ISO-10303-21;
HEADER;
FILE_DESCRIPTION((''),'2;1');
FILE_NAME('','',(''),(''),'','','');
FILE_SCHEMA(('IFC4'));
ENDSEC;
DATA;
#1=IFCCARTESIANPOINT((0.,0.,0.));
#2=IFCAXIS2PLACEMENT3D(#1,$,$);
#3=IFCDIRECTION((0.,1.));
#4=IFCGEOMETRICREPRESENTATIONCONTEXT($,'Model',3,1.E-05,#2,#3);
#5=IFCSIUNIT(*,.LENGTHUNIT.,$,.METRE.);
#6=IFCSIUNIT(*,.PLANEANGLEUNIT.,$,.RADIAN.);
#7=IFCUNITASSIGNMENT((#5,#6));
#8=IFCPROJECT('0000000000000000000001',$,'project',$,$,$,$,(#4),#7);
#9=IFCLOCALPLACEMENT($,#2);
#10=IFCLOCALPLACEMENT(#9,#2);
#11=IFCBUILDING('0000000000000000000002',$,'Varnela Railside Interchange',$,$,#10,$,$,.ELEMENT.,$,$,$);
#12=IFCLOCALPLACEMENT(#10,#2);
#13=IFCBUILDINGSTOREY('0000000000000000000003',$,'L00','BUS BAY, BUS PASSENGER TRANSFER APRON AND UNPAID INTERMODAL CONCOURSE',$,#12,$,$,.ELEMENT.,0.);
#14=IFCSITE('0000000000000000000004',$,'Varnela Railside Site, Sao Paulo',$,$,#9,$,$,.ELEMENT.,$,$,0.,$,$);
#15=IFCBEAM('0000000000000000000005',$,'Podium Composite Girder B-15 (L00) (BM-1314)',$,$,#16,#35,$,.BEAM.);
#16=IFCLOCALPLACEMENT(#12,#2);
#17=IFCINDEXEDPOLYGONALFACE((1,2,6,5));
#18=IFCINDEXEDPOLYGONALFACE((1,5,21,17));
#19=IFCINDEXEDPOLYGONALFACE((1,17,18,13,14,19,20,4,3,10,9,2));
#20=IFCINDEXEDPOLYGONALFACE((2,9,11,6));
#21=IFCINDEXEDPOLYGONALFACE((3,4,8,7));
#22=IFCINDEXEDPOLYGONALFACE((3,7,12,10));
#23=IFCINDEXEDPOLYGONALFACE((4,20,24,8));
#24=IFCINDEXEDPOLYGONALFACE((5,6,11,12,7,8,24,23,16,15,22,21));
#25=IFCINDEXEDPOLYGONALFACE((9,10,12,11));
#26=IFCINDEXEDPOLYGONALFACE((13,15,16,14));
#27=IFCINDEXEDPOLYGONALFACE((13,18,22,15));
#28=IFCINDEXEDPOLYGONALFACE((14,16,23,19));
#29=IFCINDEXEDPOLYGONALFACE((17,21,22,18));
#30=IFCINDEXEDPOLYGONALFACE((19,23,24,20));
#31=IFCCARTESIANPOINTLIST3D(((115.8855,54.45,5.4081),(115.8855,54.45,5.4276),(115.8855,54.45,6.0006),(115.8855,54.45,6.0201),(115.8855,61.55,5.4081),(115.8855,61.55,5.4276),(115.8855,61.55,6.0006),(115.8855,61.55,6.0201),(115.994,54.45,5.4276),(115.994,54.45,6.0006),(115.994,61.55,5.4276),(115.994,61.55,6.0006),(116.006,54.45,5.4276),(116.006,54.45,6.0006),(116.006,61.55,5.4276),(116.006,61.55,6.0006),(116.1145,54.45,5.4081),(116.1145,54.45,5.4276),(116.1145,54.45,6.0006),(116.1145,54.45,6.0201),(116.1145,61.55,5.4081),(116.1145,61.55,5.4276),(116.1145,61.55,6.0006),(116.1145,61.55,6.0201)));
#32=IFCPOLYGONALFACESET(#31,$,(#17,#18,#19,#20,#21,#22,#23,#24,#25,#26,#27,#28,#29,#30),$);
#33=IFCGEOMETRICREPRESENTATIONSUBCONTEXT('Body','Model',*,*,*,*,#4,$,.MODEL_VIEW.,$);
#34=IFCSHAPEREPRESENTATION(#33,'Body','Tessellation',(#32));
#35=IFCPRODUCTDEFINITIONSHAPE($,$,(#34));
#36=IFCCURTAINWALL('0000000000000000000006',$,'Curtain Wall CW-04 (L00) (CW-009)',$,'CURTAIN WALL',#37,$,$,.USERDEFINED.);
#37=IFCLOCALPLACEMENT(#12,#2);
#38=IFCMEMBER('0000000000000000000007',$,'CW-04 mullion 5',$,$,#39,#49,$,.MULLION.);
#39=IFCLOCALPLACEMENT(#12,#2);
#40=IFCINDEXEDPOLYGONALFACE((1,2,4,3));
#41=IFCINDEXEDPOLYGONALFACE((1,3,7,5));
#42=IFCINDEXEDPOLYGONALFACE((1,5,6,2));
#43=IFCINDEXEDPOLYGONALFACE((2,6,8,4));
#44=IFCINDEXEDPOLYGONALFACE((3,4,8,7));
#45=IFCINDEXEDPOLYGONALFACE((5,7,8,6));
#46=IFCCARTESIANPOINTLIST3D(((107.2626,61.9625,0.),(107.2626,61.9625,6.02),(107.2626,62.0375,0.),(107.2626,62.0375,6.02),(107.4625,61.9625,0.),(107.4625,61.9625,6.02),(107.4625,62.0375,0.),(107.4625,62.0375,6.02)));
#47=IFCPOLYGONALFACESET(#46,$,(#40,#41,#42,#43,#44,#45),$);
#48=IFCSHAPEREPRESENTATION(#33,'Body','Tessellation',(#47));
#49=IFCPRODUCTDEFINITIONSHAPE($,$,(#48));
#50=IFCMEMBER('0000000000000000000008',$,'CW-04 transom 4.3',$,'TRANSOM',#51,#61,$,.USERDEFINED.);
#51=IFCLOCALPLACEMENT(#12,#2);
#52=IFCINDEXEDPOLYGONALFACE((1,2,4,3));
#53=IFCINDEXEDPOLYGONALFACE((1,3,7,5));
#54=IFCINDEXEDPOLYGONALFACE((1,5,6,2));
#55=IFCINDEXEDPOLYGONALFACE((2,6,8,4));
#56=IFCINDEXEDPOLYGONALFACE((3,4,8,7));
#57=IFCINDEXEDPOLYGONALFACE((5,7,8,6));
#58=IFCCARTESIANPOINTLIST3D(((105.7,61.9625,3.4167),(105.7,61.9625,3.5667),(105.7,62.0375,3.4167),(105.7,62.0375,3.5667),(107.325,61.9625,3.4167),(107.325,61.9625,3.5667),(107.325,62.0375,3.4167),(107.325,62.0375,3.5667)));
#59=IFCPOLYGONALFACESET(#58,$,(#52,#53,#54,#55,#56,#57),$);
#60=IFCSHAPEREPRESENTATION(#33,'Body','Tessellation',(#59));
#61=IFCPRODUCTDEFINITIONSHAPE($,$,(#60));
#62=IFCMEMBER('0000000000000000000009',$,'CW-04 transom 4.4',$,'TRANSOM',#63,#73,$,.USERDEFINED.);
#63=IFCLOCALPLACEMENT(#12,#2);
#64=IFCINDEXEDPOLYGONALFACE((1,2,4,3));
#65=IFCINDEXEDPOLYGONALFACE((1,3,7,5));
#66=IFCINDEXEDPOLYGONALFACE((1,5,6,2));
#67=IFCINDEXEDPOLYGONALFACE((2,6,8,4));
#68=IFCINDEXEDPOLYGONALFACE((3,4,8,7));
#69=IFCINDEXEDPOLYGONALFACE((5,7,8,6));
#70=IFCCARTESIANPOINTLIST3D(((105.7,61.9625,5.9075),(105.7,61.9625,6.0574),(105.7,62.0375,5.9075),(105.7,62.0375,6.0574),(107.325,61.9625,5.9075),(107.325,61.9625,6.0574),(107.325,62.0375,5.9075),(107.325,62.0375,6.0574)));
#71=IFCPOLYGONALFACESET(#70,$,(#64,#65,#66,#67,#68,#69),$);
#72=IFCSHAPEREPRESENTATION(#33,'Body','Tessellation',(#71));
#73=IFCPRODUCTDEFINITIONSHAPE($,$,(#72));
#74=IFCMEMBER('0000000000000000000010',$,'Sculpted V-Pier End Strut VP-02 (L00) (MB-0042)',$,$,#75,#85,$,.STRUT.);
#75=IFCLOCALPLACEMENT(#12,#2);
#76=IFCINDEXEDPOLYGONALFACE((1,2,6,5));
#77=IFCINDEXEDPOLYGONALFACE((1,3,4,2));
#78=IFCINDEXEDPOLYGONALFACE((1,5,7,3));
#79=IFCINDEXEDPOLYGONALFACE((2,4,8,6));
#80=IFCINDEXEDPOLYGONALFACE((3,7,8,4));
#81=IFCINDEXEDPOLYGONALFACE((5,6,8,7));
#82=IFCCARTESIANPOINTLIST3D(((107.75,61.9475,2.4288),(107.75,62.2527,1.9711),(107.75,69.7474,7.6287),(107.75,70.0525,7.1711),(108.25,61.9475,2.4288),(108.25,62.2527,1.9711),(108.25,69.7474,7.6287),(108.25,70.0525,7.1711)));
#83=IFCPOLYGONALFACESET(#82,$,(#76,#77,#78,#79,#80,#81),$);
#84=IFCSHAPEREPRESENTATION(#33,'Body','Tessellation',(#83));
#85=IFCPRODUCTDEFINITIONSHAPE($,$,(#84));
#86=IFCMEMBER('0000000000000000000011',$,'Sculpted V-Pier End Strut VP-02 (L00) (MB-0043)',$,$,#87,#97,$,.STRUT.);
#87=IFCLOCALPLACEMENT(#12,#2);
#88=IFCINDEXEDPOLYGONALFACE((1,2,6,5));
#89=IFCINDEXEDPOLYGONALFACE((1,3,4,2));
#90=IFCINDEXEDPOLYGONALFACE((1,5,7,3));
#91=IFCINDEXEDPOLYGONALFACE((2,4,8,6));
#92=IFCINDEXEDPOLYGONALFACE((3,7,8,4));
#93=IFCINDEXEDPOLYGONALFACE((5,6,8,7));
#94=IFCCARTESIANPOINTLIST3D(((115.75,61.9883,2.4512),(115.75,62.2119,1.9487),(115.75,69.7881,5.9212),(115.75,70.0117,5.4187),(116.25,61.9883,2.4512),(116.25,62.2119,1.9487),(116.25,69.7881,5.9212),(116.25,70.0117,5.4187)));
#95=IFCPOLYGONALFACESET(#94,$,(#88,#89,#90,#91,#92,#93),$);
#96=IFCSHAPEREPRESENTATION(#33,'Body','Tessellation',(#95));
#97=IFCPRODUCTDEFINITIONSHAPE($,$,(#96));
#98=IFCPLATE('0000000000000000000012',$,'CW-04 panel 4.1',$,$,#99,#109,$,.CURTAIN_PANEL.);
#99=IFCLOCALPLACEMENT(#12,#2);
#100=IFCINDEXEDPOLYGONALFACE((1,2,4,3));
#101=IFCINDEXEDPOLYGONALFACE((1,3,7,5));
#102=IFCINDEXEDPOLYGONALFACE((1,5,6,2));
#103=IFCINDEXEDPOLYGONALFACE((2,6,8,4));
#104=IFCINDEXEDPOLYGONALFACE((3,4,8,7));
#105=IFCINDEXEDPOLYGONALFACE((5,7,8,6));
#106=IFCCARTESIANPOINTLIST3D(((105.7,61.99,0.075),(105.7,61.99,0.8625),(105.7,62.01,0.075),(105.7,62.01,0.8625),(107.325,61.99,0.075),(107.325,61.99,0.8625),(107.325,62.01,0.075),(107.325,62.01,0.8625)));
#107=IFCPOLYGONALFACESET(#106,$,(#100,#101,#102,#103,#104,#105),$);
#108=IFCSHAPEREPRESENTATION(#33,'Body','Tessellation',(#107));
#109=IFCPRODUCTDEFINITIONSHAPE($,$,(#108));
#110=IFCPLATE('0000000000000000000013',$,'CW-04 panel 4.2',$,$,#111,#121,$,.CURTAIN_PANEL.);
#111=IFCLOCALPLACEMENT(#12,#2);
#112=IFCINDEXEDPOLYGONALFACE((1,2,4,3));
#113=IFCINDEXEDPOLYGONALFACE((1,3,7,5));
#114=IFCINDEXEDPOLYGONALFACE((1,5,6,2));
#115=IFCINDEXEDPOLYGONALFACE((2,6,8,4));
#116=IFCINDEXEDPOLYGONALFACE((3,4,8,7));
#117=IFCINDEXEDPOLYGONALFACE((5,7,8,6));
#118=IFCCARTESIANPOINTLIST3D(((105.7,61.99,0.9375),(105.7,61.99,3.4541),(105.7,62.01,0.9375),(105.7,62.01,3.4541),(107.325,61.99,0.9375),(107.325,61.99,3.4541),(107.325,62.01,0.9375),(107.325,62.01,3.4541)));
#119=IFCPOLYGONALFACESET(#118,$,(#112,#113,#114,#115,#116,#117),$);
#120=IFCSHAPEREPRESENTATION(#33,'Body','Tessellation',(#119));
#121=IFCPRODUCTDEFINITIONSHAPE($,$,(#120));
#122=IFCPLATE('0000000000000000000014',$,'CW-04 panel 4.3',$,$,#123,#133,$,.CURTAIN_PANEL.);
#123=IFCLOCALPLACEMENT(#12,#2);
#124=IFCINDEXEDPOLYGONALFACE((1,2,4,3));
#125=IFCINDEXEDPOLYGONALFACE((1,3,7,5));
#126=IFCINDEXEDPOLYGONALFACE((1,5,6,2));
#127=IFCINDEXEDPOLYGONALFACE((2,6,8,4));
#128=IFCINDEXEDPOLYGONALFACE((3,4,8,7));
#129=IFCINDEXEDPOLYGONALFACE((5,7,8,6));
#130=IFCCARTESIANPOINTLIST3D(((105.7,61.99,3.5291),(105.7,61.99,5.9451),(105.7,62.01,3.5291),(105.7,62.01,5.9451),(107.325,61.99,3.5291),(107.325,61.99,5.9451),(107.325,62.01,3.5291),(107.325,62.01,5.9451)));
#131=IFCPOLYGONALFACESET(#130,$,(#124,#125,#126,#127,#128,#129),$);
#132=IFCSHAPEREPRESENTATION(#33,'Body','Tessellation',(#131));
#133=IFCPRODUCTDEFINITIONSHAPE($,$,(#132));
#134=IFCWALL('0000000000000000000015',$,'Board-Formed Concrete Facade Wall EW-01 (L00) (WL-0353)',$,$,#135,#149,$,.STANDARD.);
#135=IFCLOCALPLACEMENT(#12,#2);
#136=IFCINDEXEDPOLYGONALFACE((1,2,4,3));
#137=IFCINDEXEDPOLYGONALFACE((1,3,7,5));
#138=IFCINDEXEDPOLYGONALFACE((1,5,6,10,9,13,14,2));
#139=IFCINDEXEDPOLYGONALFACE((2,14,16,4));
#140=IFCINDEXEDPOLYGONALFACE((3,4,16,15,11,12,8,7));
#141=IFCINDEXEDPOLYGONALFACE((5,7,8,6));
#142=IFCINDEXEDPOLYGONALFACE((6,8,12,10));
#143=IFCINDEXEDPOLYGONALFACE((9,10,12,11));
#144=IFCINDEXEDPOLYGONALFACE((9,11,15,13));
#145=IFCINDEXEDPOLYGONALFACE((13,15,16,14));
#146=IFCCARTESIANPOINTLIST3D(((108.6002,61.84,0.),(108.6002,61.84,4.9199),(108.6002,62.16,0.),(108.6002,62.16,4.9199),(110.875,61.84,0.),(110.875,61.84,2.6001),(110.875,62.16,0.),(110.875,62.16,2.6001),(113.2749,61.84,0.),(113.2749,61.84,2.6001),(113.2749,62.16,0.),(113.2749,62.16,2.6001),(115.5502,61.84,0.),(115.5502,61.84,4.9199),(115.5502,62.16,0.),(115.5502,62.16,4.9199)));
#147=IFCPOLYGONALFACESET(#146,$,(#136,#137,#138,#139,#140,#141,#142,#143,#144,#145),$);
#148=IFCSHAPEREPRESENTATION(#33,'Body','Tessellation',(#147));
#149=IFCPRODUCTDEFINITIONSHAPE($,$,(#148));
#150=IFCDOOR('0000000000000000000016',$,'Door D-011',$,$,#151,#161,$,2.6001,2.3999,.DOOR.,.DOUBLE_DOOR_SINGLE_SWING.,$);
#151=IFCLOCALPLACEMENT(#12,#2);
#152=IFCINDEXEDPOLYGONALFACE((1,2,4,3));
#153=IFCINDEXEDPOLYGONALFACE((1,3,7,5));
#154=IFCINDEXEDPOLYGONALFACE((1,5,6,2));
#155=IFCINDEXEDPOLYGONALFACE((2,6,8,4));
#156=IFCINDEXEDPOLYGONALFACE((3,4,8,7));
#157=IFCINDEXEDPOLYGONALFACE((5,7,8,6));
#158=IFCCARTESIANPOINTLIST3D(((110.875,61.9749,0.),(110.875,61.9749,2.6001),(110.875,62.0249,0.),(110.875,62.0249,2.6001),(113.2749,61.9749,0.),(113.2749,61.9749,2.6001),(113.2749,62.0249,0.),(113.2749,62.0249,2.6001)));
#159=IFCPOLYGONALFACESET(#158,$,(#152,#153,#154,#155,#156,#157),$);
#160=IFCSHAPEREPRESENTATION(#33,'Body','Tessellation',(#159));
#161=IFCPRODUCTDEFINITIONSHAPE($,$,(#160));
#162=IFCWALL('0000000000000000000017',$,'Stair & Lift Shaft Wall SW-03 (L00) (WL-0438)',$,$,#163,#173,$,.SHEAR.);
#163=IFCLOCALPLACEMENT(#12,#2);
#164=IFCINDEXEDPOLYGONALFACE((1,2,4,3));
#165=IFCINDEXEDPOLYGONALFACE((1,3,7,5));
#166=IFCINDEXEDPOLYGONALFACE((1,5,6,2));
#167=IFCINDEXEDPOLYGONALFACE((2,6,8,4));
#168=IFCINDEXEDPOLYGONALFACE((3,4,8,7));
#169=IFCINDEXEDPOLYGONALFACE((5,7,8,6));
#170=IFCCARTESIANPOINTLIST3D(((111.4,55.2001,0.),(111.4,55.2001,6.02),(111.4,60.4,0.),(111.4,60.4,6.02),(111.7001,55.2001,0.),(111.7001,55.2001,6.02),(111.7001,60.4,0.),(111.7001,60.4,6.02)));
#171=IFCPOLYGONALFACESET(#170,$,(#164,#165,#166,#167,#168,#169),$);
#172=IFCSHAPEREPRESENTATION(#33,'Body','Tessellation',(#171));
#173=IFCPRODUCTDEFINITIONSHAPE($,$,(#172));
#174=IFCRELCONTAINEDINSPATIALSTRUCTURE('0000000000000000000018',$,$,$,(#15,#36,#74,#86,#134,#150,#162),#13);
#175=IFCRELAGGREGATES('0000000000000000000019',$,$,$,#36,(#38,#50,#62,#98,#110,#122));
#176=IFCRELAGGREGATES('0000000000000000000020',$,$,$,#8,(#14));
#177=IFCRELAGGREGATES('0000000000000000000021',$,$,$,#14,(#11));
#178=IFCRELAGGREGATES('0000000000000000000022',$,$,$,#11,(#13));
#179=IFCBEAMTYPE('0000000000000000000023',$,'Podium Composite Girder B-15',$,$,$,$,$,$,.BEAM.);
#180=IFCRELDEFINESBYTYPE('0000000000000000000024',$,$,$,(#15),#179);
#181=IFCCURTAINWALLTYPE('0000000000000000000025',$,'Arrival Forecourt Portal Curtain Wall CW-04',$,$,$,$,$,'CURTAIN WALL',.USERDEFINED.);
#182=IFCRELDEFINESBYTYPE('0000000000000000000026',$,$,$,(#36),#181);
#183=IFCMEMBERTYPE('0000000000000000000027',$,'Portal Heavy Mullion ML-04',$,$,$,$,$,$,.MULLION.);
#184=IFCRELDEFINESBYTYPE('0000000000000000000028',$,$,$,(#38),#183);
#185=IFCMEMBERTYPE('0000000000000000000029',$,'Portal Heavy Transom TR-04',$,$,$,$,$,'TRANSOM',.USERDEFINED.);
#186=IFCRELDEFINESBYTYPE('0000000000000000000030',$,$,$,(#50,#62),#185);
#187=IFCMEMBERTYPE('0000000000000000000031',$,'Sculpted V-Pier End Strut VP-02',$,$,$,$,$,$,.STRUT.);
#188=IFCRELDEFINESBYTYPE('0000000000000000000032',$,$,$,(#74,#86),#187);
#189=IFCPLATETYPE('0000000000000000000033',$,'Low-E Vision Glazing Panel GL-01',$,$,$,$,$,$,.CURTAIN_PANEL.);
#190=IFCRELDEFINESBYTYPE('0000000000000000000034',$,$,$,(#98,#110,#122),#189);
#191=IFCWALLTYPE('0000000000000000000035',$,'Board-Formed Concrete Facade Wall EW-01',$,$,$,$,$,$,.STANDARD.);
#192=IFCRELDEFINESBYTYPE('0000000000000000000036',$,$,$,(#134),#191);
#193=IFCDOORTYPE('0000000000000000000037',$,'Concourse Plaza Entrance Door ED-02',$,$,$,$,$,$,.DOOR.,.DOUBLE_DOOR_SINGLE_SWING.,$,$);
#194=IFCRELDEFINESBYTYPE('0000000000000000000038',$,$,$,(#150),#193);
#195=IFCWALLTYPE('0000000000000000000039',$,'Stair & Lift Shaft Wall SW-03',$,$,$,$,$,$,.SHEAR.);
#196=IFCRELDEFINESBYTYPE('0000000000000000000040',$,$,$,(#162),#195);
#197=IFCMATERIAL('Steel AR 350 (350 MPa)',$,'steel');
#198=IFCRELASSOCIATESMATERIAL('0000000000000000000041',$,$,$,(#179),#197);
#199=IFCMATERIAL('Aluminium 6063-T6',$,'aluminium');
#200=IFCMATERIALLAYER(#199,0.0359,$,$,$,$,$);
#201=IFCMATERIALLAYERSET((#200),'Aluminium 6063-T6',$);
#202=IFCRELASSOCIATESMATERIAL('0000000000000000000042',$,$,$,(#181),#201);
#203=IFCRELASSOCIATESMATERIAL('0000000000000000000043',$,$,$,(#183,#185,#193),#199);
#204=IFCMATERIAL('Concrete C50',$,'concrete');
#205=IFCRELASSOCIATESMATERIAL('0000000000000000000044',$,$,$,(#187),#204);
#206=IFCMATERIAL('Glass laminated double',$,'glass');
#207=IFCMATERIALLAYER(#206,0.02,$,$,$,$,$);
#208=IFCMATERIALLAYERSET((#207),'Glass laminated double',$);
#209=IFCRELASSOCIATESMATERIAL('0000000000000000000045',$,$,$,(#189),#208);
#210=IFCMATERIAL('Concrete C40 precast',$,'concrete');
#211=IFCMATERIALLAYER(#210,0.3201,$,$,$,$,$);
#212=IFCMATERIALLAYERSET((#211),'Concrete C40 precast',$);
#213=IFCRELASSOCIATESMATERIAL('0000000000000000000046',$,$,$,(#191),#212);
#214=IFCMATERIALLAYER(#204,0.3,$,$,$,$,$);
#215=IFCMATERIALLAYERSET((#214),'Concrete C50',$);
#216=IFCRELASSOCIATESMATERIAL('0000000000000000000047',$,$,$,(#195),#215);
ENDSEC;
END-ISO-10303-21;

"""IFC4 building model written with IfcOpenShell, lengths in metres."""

from ifc_helpers import new_model, si_unit, direction, frame, frame_2d, origin, origin_2d, place, context, subcontext, project, spatial, rectangle, i_section, extrude, material, layer, layer_set, material_profile, profile_set, type_object, element, fill, aggregate, save


model = new_model("IFC4")

# Units and contexts
model_context = context("Model", 3, precision=1e-05, world=origin(), true_north=direction((0.0, 1.0)))
body_context = subcontext(model_context, "Body", "Model", "MODEL_VIEW")
ifc_project = project(units=[si_unit("LENGTHUNIT", "METRE"), si_unit("PLANEANGLEUNIT", "RADIAN")], contexts=[model_context])

# Site, building, storey
site_placement = place(None, origin())
site = spatial("IfcSite", under=ifc_project, at=site_placement, Name="Varnela Railside Site, Sao Paulo", CompositionType="ELEMENT", RefElevation=0.0)
building_placement = place(site_placement, origin())
building = spatial("IfcBuilding", under=site, at=building_placement, Name="Varnela Railside Interchange", CompositionType="ELEMENT")
storey_placement = place(building_placement, origin())
storey = spatial("IfcBuildingStorey", under=building, at=storey_placement, Name="L00", Description="BUS BAY, BUS PASSENGER TRANSFER APRON AND UNPAID INTERMODAL CONCOURSE", CompositionType="ELEMENT", Elevation=0.0)

# Shared definitions
ifc_material_1 = material(Name="Concrete C50", Category="concrete")

# Beam
ifc_material_2 = material(Name="Steel AR 350 (350 MPa)", Category="steel")
ifc_material_profile_1 = material_profile(ifc_material_2, i_section(OverallWidth=0.229, OverallDepth=0.6121, WebThickness=0.012, FlangeThickness=0.0195, at=origin_2d()), Name="W610x125")
ifc_profile_set_1 = profile_set([ifc_material_profile_1], Name="Steel AR 350 (350 MPa)")
beam_type_1 = type_object("IfcBeamType", Name="Podium Composite Girder B-15", PredefinedType="BEAM", material=ifc_profile_set_1)
beam_1_placement = place(storey_placement, frame((116.0, 54.45, 5.7141), z_axis=(0.0, 1.0, 0.0), x_axis=(-1.0, 0.0, 0.0)))
element("IfcBeam", 1, at=beam_1_placement, inside=storey, type_object=beam_type_1, Name="Podium Composite Girder B-15 (L00) (BM-1314)", PredefinedType="BEAM", context=body_context, shape_type="SweptSolid", body=[
    extrude(i_section(OverallWidth=0.229, OverallDepth=0.6121, WebThickness=0.012, FlangeThickness=0.0195, at=origin_2d()), origin(), (0.0, 0.0, 1.0), 7.1001),
])

# Curtain wall, members
ifc_material_3 = material(Name="Aluminium 6063-T6", Category="aluminium")
ifc_layer_1 = layer(ifc_material_3, 0.0359)
ifc_layer_set_1 = layer_set([ifc_layer_1], Name="Aluminium 6063-T6")
curtain_wall_type = type_object("IfcCurtainWallType", Name="Arrival Forecourt Portal Curtain Wall CW-04", ElementType="CURTAIN WALL", PredefinedType="USERDEFINED", material=ifc_layer_set_1)
curtain_wall_placement = place(storey_placement, origin())
curtain_wall = element("IfcCurtainWall", 2, at=curtain_wall_placement, inside=storey, type_object=curtain_wall_type, Name="Curtain Wall CW-04 (L00) (CW-009)", ObjectType="CURTAIN WALL", PredefinedType="USERDEFINED")
ifc_material_profile_2 = material_profile(ifc_material_3, rectangle(XDim=0.075, YDim=0.2, at=origin_2d()), Name="ALU 75x200")
ifc_profile_set_2 = profile_set([ifc_material_profile_2], Name="Aluminium 6063-T6")
member_type_1 = type_object("IfcMemberType", Name="Portal Heavy Mullion ML-04", PredefinedType="MULLION", material=ifc_profile_set_2)
member_1_placement = place(storey_placement, frame((107.3625, 62.0, 0.0), z_axis=(0.0, 0.0, 1.0), x_axis=(0.0, 1.0, 0.0)))
member_1 = element("IfcMember", 3, at=member_1_placement, type_object=member_type_1, Name="CW-04 mullion 5", PredefinedType="MULLION", context=body_context, shape_type="SweptSolid", body=[
    extrude(rectangle(XDim=0.075, YDim=0.2, at=origin_2d()), origin(), (0.0, 0.0, 1.0), 6.02),
])
ifc_material_profile_3 = material_profile(ifc_material_3, rectangle(XDim=0.075, YDim=0.1499, at=origin_2d()), Name="ALU 75x150")
ifc_profile_set_3 = profile_set([ifc_material_profile_3], Name="Aluminium 6063-T6")
member_type_2 = type_object("IfcMemberType", Name="Portal Heavy Transom TR-04", ElementType="TRANSOM", PredefinedType="USERDEFINED", material=ifc_profile_set_3)
member_2_placement = place(storey_placement, frame((105.7, 62.0, 3.4917), z_axis=(1.0, 0.0, 0.0), x_axis=(0.0, 1.0, 0.0)))
member_2 = element("IfcMember", 4, at=member_2_placement, type_object=member_type_2, Name="CW-04 transom 4.3", ObjectType="TRANSOM", PredefinedType="USERDEFINED", context=body_context, shape_type="SweptSolid", body=[
    extrude(rectangle(XDim=0.075, YDim=0.1499, at=origin_2d()), origin(), (0.0, 0.0, 1.0), 1.625),
])
member_3_placement = place(storey_placement, frame((105.7, 62.0, 5.9824), z_axis=(1.0, 0.0, 0.0), x_axis=(0.0, 1.0, 0.0)))
member_3 = element("IfcMember", 5, at=member_3_placement, type_object=member_type_2, Name="CW-04 transom 4.4", ObjectType="TRANSOM", PredefinedType="USERDEFINED", context=body_context, shape_type="SweptSolid", body=[
    extrude(rectangle(XDim=0.075, YDim=0.1499, at=origin_2d()), origin(), (0.0, 0.0, 1.0), 1.625),
])

# Members
ifc_material_profile_4 = material_profile(ifc_material_1, rectangle(XDim=0.5, YDim=0.55, at=origin_2d()), Name="RC 500x550")
ifc_profile_set_4 = profile_set([ifc_material_profile_4], Name="Concrete C50")
member_type_3 = type_object("IfcMemberType", Name="Sculpted V-Pier End Strut VP-02", PredefinedType="STRUT", material=ifc_profile_set_4)
member_4_placement = place(storey_placement, frame((108.0, 62.1001, 2.2), z_axis=(0.0, 0.832046, 0.554706), x_axis=(-1.0, 0.0, 0.0)))
element("IfcMember", 6, at=member_4_placement, inside=storey, type_object=member_type_3, Name="Sculpted V-Pier End Strut VP-02 (L00) (MB-0042)", PredefinedType="STRUT", context=body_context, shape_type="SweptSolid", body=[
    extrude(rectangle(XDim=0.5, YDim=0.55, at=origin_2d()), origin(), (0.0, 0.0, 1.0), 9.3743),
])
member_5_placement = place(storey_placement, frame((116.0, 62.1001, 2.2), z_axis=(0.0, 0.913664, 0.40647), x_axis=(-1.0, 0.0, 0.0)))
element("IfcMember", 7, at=member_5_placement, inside=storey, type_object=member_type_3, Name="Sculpted V-Pier End Strut VP-02 (L00) (MB-0043)", PredefinedType="STRUT", context=body_context, shape_type="SweptSolid", body=[
    extrude(rectangle(XDim=0.5, YDim=0.55, at=origin_2d()), origin(), (0.0, 0.0, 1.0), 8.5369),
])

# Plates
ifc_material_4 = material(Name="Glass laminated double", Category="glass")
ifc_layer_2 = layer(ifc_material_4, 0.02)
ifc_layer_set_2 = layer_set([ifc_layer_2], Name="Glass laminated double")
plate_type = type_object("IfcPlateType", Name="Low-E Vision Glazing Panel GL-01", PredefinedType="CURTAIN_PANEL", material=ifc_layer_set_2)
plate_1_placement = place(storey_placement, frame((106.5125, 62.0, 0.075), z_axis=(0.0, 0.0, 1.0), x_axis=(1.0, 0.0, 0.0)))
plate_1 = element("IfcPlate", 8, at=plate_1_placement, type_object=plate_type, Name="CW-04 panel 4.1", PredefinedType="CURTAIN_PANEL", context=body_context, shape_type="SweptSolid", body=[
    extrude(rectangle(XDim=1.625, YDim=0.02, at=origin_2d()), origin(), (0.0, 0.0, 1.0), 0.7876),
])
plate_2_placement = place(storey_placement, frame((106.5125, 62.0, 0.9375), z_axis=(0.0, 0.0, 1.0), x_axis=(1.0, 0.0, 0.0)))
plate_2 = element("IfcPlate", 9, at=plate_2_placement, type_object=plate_type, Name="CW-04 panel 4.2", PredefinedType="CURTAIN_PANEL", context=body_context, shape_type="SweptSolid", body=[
    extrude(rectangle(XDim=1.625, YDim=0.02, at=origin_2d()), origin(), (0.0, 0.0, 1.0), 2.5166),
])
plate_3_placement = place(storey_placement, frame((106.5125, 62.0, 3.5291), z_axis=(0.0, 0.0, 1.0), x_axis=(1.0, 0.0, 0.0)))
plate_3 = element("IfcPlate", 10, at=plate_3_placement, type_object=plate_type, Name="CW-04 panel 4.3", PredefinedType="CURTAIN_PANEL", context=body_context, shape_type="SweptSolid", body=[
    extrude(rectangle(XDim=1.625, YDim=0.02, at=origin_2d()), origin(), (0.0, 0.0, 1.0), 2.416),
])
aggregate(curtain_wall, [member_1, member_2, member_3, plate_1, plate_2, plate_3])

# Wall, opening, door
ifc_material_5 = material(Name="Concrete C40 precast", Category="concrete")
ifc_layer_3 = layer(ifc_material_5, 0.3201)
ifc_layer_set_3 = layer_set([ifc_layer_3], Name="Concrete C40 precast")
wall_type_1 = type_object("IfcWallType", Name="Board-Formed Concrete Facade Wall EW-01", PredefinedType="STANDARD", material=ifc_layer_set_3)
wall_1_placement = place(storey_placement, frame((108.6001, 62.0, 0.0), z_axis=(0.0, 0.0, 1.0), x_axis=(1.0, 0.0, 0.0)))
wall_1 = element("IfcWall", 11, at=wall_1_placement, inside=storey, type_object=wall_type_1, Name="Board-Formed Concrete Facade Wall EW-01 (L00) (WL-0353)", PredefinedType="STANDARD", context=body_context, shape_type="SweptSolid", body=[
    extrude(rectangle(XDim=6.95, YDim=0.3201, at=frame_2d((3.4751, 0.0))), origin(), (0.0, 0.0, 1.0), 4.9199),
])
opening_placement = place(wall_1_placement, frame((2.2749, 0.0, 0.0)))
opening = element("IfcOpeningElement", 12, at=opening_placement, cuts=wall_1, PredefinedType="OPENING", context=body_context, shape_type="SweptSolid", body=[
    extrude(rectangle(XDim=2.3999, YDim=2.6001, at=frame_2d((1.2, 1.3))), frame((0.0, 0.1699, 0.0), z_axis=(0.0, -1.0, 0.0), x_axis=(1.0, 0.0, 0.0)), (0.0, 0.0, 1.0), 0.3401),
])
door_type = type_object("IfcDoorType", Name="Concourse Plaza Entrance Door ED-02", OperationType="DOUBLE_DOOR_SINGLE_SWING", PredefinedType="DOOR", material=ifc_material_3)
door_placement = place(opening_placement, origin())
door = element("IfcDoor", 13, at=door_placement, inside=storey, type_object=door_type, Name="Door D-011", OperationType="DOUBLE_DOOR_SINGLE_SWING", OverallHeight=2.6001, OverallWidth=2.3999, PredefinedType="DOOR", context=body_context, shape_type="SweptSolid", body=[
    extrude(rectangle(XDim=2.3999, YDim=2.6001, at=frame_2d((1.2, 1.3))), frame((0.0, 0.0249, 0.0), z_axis=(0.0, -1.0, 0.0), x_axis=(1.0, 0.0, 0.0)), (0.0, 0.0, 1.0), 0.05),
])
fill(opening, door)

# Wall
ifc_layer_4 = layer(ifc_material_1, 0.3)
ifc_layer_set_4 = layer_set([ifc_layer_4], Name="Concrete C50")
wall_type_2 = type_object("IfcWallType", Name="Stair & Lift Shaft Wall SW-03", PredefinedType="SHEAR", material=ifc_layer_set_4)
wall_2_placement = place(storey_placement, frame((111.55, 55.2, 0.0), z_axis=(0.0, 0.0, 1.0), x_axis=(0.0, 1.0, 0.0)))
element("IfcWall", 14, at=wall_2_placement, inside=storey, type_object=wall_type_2, Name="Stair & Lift Shaft Wall SW-03 (L00) (WL-0438)", PredefinedType="SHEAR", context=body_context, shape_type="SweptSolid", body=[
    extrude(rectangle(XDim=5.2, YDim=0.3, at=frame_2d((2.6001, 0.0))), origin(), (0.0, 0.0, 1.0), 6.02),
])

save(model, "model.ifc")
